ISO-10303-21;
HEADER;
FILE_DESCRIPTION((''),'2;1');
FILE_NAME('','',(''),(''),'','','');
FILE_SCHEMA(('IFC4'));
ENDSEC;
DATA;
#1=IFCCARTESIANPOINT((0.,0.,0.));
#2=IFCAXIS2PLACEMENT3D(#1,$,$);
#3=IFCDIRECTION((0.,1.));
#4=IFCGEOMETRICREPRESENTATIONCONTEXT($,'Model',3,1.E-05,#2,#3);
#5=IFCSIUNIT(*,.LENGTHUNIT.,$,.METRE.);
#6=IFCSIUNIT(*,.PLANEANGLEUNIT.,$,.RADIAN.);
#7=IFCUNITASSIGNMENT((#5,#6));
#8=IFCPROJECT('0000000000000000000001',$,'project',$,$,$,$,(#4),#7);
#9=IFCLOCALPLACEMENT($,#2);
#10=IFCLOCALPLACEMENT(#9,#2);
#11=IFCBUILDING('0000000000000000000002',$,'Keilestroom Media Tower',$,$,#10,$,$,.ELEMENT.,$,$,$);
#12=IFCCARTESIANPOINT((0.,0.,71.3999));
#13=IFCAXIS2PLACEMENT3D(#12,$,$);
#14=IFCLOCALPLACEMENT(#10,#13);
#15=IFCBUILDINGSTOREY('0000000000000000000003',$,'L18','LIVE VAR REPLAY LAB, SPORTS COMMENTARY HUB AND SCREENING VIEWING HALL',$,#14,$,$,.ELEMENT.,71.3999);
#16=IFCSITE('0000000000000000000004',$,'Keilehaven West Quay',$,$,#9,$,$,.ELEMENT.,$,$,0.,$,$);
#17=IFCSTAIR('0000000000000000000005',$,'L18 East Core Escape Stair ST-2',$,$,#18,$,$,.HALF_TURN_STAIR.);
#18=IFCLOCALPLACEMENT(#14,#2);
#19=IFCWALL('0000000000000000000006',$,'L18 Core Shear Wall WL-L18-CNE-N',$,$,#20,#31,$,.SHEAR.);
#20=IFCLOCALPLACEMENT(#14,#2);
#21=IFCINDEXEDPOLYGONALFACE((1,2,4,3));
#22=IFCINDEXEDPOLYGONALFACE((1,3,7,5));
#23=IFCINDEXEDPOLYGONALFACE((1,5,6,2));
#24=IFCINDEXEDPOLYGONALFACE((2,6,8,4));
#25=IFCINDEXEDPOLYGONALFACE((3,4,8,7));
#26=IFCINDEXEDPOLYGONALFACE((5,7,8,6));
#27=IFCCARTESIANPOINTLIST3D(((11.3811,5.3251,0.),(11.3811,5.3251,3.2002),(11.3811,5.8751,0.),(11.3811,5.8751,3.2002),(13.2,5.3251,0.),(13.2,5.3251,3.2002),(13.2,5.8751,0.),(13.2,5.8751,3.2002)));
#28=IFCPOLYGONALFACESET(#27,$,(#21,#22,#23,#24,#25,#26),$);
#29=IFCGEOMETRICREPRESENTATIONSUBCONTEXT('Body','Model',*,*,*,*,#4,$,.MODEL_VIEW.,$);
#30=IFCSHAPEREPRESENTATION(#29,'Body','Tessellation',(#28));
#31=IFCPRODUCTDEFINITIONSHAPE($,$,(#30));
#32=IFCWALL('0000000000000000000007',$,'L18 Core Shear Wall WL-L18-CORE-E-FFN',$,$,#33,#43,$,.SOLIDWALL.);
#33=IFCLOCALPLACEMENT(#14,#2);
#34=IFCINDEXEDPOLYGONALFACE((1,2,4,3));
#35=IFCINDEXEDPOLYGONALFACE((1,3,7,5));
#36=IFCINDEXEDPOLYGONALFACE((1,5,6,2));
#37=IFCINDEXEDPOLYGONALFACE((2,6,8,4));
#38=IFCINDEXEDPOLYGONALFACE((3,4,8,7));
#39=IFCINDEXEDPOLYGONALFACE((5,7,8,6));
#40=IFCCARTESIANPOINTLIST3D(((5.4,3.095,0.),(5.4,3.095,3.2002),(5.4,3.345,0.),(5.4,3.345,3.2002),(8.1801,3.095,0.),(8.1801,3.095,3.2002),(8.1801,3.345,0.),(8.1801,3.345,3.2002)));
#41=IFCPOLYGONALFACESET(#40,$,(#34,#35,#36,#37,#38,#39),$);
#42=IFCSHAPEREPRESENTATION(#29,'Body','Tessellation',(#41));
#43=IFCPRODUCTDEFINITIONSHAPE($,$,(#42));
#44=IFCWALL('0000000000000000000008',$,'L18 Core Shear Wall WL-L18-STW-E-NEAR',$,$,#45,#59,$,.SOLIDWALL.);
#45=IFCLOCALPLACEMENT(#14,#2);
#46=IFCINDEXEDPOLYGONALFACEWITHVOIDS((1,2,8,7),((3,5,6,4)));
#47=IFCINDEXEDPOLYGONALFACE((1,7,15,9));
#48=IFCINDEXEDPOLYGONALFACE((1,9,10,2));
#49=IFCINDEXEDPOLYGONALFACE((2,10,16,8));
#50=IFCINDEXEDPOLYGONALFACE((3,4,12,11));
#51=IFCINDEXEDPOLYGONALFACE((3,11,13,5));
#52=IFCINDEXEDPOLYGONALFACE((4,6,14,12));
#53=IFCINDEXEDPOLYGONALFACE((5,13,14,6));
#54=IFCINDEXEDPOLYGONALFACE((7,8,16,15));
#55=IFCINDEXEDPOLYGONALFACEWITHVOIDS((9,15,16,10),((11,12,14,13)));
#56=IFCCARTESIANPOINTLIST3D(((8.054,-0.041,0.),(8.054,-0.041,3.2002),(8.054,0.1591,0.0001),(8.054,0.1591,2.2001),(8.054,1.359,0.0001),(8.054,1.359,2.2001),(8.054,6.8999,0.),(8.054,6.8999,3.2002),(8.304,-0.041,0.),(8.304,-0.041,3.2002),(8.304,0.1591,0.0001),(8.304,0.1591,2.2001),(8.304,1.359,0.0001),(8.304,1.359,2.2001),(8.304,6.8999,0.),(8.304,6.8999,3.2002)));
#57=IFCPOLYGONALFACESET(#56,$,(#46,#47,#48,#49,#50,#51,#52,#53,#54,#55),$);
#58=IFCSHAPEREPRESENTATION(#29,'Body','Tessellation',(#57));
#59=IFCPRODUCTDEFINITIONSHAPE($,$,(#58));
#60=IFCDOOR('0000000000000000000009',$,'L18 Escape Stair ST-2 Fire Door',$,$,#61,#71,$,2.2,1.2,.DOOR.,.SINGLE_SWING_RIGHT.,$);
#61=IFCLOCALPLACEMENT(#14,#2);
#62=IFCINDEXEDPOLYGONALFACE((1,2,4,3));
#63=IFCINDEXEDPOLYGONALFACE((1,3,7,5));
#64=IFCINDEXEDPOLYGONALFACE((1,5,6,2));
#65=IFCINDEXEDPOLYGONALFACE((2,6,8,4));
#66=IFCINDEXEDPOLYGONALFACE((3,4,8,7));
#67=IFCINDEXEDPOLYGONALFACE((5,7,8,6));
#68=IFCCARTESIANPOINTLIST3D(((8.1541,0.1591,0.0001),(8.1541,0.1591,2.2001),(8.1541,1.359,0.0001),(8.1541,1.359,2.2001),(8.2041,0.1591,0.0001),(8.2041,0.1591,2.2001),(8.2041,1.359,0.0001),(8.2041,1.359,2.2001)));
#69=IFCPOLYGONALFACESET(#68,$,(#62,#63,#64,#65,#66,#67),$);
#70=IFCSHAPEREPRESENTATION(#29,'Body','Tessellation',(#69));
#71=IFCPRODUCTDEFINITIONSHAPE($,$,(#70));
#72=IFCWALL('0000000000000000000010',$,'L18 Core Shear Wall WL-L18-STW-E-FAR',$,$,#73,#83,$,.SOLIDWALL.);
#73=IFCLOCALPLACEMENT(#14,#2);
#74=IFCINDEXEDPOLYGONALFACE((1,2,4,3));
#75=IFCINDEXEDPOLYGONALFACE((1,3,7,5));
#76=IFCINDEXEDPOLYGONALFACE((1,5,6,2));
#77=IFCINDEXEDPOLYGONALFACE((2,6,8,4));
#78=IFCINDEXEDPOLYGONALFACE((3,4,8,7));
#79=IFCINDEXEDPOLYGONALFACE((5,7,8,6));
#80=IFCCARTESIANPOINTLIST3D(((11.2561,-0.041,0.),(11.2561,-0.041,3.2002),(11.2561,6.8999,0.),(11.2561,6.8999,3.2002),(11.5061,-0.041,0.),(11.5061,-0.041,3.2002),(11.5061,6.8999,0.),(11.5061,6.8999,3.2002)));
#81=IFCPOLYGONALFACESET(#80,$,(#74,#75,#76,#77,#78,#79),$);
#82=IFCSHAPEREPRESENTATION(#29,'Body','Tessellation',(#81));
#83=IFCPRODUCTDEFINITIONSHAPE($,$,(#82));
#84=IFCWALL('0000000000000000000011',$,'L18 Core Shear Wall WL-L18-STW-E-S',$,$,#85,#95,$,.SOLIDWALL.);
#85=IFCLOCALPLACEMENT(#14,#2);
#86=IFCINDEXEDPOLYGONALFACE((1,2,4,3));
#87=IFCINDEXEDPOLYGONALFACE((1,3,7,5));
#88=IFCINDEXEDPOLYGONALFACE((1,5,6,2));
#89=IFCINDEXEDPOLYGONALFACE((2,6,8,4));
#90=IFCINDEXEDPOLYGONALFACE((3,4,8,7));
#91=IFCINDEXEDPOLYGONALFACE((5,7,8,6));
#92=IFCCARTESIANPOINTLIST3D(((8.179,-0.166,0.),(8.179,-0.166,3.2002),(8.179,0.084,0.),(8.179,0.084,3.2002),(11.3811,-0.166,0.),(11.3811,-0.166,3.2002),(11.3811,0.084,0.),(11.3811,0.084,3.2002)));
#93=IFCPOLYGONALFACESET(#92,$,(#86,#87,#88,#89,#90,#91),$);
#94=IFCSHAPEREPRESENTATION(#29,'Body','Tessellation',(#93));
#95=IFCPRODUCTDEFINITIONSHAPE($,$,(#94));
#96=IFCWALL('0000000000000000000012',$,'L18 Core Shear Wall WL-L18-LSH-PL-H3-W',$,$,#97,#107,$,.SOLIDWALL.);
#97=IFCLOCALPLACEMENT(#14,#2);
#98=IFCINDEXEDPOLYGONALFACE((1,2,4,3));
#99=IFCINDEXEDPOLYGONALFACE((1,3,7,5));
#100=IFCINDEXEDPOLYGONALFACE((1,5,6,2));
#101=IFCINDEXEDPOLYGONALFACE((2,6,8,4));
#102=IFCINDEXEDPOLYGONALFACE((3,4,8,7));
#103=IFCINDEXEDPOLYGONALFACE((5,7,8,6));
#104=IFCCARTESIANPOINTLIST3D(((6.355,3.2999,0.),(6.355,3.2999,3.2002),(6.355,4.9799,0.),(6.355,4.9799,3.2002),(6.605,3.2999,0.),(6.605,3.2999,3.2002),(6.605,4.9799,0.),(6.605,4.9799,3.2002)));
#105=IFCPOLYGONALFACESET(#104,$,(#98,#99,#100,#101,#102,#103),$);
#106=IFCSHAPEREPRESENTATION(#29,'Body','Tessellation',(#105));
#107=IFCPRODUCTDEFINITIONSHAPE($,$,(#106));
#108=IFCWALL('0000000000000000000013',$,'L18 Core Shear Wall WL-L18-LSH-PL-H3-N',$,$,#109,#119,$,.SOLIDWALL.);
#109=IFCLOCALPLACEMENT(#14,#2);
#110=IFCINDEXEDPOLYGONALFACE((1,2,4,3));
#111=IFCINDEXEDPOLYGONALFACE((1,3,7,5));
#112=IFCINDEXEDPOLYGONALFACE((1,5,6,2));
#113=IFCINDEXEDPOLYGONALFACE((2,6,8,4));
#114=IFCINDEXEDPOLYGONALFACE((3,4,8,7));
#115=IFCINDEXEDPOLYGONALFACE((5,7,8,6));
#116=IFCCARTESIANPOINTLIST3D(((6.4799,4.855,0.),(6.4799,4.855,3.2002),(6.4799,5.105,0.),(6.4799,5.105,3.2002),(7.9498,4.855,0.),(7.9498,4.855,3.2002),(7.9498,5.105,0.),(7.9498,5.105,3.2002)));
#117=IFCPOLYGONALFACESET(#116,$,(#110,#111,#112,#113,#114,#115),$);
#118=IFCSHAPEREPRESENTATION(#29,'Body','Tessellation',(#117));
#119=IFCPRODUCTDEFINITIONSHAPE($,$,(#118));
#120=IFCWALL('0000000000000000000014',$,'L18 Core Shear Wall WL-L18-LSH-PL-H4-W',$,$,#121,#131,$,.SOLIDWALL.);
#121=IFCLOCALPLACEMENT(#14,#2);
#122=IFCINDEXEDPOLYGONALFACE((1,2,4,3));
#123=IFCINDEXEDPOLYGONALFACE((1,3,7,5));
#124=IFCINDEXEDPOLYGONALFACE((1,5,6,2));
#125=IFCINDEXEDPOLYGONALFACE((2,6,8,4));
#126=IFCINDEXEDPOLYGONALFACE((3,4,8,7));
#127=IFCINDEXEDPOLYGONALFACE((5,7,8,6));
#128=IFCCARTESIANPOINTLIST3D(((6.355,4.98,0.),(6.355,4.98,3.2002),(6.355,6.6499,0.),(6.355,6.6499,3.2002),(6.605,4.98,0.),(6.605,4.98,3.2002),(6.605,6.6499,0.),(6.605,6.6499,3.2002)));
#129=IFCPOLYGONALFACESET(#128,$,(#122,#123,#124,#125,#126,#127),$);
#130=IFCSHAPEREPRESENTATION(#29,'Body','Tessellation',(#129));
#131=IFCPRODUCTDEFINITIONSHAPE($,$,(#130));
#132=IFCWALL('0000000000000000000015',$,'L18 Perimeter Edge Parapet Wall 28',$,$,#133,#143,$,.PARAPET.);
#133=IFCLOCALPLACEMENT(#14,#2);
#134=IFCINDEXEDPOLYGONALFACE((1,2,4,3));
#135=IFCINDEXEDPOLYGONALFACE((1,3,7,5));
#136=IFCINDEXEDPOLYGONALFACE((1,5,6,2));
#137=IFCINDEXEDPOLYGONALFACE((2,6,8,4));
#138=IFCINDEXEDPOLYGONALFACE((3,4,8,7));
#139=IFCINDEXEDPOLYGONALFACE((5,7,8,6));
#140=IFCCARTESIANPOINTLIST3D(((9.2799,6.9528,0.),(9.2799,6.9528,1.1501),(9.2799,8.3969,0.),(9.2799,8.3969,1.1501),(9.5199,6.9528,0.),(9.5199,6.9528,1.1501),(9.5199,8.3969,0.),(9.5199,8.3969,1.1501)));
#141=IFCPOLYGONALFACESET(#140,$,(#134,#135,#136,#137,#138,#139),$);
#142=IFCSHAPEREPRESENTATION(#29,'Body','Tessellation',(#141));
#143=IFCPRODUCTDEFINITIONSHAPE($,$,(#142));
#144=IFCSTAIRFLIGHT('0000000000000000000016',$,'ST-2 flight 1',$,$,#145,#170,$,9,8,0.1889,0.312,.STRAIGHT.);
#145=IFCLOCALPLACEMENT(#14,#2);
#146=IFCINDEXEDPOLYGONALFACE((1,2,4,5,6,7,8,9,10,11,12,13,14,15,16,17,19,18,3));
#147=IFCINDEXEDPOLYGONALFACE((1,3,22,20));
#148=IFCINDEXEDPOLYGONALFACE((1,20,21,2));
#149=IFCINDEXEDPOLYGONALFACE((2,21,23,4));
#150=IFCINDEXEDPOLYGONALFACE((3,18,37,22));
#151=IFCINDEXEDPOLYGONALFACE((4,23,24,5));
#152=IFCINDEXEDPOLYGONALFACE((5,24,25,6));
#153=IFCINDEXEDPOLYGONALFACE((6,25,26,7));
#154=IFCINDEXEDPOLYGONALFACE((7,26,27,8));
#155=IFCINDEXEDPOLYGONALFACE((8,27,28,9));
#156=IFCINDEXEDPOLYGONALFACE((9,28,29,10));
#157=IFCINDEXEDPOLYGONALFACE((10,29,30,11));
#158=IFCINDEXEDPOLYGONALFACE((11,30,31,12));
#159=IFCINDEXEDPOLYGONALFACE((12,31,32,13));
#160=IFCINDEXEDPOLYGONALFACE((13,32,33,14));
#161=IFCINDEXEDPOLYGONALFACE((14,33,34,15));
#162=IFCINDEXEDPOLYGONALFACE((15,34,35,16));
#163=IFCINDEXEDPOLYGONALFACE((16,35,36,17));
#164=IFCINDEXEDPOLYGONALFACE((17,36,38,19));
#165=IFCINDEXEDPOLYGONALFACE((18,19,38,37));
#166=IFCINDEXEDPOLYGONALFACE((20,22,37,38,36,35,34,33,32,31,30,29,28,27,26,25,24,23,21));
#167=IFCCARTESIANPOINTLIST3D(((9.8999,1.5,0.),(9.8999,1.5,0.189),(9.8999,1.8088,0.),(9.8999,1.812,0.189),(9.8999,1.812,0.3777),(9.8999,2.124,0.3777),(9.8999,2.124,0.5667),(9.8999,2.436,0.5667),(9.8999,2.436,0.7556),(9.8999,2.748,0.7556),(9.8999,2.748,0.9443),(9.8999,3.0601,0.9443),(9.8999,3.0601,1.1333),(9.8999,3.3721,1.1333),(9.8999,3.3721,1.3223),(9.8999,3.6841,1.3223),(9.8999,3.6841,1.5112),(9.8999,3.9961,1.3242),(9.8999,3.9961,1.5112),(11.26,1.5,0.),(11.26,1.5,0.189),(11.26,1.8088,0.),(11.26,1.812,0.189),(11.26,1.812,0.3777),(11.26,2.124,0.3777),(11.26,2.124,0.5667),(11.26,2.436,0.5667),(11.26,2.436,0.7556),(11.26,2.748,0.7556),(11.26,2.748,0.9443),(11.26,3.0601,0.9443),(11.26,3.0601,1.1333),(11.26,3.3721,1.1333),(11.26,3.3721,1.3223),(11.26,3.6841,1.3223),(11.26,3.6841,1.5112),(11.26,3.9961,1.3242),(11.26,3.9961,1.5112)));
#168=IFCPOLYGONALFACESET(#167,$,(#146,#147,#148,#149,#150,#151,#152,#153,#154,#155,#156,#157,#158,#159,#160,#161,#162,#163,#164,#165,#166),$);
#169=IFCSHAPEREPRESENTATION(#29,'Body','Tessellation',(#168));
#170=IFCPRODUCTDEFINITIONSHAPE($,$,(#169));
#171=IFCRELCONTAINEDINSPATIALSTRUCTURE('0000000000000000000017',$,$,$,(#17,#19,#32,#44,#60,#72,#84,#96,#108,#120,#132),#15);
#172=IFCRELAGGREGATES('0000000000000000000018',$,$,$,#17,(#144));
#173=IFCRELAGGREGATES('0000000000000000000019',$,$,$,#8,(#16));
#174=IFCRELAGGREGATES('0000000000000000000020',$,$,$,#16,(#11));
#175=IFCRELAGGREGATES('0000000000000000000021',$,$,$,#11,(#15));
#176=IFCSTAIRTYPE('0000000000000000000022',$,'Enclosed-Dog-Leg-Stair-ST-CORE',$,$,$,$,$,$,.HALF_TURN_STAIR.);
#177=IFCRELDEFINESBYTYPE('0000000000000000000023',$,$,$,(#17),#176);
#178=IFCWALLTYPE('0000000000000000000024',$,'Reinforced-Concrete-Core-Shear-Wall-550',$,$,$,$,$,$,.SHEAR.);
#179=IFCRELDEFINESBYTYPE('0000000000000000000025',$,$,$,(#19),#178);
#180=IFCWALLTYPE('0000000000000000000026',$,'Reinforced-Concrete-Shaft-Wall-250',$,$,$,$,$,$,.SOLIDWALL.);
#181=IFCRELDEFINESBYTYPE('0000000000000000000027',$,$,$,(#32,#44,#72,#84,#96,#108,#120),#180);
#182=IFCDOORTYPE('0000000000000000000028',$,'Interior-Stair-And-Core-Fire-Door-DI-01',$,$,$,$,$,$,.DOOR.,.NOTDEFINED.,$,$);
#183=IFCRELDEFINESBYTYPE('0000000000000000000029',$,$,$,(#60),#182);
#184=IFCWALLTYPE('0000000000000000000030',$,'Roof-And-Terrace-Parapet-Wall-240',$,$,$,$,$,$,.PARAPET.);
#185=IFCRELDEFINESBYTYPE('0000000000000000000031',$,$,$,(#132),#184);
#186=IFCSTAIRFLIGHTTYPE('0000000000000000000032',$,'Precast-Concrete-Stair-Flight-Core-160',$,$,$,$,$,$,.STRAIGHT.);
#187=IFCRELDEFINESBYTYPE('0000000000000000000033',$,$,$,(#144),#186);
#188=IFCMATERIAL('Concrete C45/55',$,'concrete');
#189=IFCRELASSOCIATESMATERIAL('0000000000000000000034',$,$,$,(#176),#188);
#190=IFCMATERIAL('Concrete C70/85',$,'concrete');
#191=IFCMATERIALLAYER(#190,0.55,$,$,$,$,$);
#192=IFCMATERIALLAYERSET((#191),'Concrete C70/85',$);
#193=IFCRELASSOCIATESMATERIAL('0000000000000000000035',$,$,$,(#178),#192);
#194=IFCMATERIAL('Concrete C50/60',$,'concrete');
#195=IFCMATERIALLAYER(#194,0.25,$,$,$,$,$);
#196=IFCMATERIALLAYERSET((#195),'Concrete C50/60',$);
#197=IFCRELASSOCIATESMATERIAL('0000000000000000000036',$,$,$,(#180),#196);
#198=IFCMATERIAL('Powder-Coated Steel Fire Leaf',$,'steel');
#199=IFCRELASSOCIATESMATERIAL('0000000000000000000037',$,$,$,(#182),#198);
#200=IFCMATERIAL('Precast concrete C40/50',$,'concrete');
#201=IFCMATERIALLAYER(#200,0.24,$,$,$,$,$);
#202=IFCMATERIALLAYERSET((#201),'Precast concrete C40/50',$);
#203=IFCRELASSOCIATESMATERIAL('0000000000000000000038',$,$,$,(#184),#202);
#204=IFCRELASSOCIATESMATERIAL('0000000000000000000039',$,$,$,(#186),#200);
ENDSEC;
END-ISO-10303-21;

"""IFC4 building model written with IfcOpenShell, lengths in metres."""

from ifc_helpers import new_model, si_unit, direction, frame, frame_2d, origin, place, context, subcontext, project, spatial, polyline, rectangle, outline, extrude, source, transform, mapped, material, layer, layer_set, type_object, element, fill, aggregate, save


model = new_model("IFC4")

# Units and contexts
model_context = context("Model", 3, precision=1e-05, world=origin(), true_north=direction((0.0, 1.0)))
body_context = subcontext(model_context, "Body", "Model", "MODEL_VIEW")
ifc_project = project(units=[si_unit("LENGTHUNIT", "METRE"), si_unit("PLANEANGLEUNIT", "RADIAN")], contexts=[model_context])

# Site, building, storey
site_placement = place(None, origin())
site = spatial("IfcSite", under=ifc_project, at=site_placement, Name="Keilehaven West Quay", CompositionType="ELEMENT", RefElevation=0.0)
building_placement = place(site_placement, origin())
building = spatial("IfcBuilding", under=site, at=building_placement, Name="Keilestroom Media Tower", CompositionType="ELEMENT")
storey_placement = place(building_placement, frame((0.0, 0.0, 71.3999)))
storey = spatial("IfcBuildingStorey", under=building, at=storey_placement, Name="L18", Description="LIVE VAR REPLAY LAB, SPORTS COMMENTARY HUB AND SCREENING VIEWING HALL", CompositionType="ELEMENT", Elevation=71.3999)

# Shared definitions
ifc_material_1 = material(Name="Concrete C70/85", Category="concrete")

# Stair
ifc_material_2 = material(Name="Concrete C45/55", Category="concrete")
stair_type = type_object("IfcStairType", Name="Enclosed-Dog-Leg-Stair-ST-CORE", PredefinedType="HALF_TURN_STAIR", material=ifc_material_2)
stair_1_placement = place(storey_placement, origin())
stair_1 = element("IfcStair", 1, at=stair_1_placement, inside=storey, type_object=stair_type, Name="L18 East Core Escape Stair ST-2", PredefinedType="HALF_TURN_STAIR")

# Walls
ifc_layer_1 = layer(ifc_material_1, 0.55)
ifc_layer_set_1 = layer_set([ifc_layer_1], Name="Concrete C70/85")
wall_type_1 = type_object("IfcWallType", Name="Reinforced-Concrete-Core-Shear-Wall-550", PredefinedType="SHEAR", material=ifc_layer_set_1)
wall_1_placement = place(storey_placement, frame((11.3811, 5.6001, 0.0), z_axis=(0.0, 0.0, 1.0), x_axis=(1.0, 0.0, 0.0)))
element("IfcWall", 2, at=wall_1_placement, inside=storey, type_object=wall_type_1, Name="L18 Core Shear Wall WL-L18-CNE-N", PredefinedType="SHEAR", context=body_context, shape_type="SweptSolid", body=[
    extrude(rectangle(XDim=1.8188, YDim=0.55, at=frame_2d((0.9094, 0.0))), origin(), (0.0, 0.0, 1.0), 3.2002),
])
ifc_material_3 = material(Name="Concrete C50/60", Category="concrete")
ifc_layer_2 = layer(ifc_material_3, 0.25)
ifc_layer_set_2 = layer_set([ifc_layer_2], Name="Concrete C50/60")
wall_type_2 = type_object("IfcWallType", Name="Reinforced-Concrete-Shaft-Wall-250", PredefinedType="SOLIDWALL", material=ifc_layer_set_2)
wall_2_placement = place(storey_placement, frame((5.3999, 3.22, 0.0), z_axis=(0.0, 0.0, 1.0), x_axis=(1.0, 0.0, 0.0)))
element("IfcWall", 3, at=wall_2_placement, inside=storey, type_object=wall_type_2, Name="L18 Core Shear Wall WL-L18-CORE-E-FFN", PredefinedType="SOLIDWALL", context=body_context, shape_type="SweptSolid", body=[
    extrude(rectangle(XDim=2.78, YDim=0.25, at=frame_2d((1.3901, 0.0))), origin(), (0.0, 0.0, 1.0), 3.2002),
])

# Wall, opening, door
wall_3_placement = place(storey_placement, frame((8.179, -0.041, 0.0), z_axis=(0.0, 0.0, 1.0), x_axis=(0.0, 1.0, 0.0)))
wall_3 = element("IfcWall", 4, at=wall_3_placement, inside=storey, type_object=wall_type_2, Name="L18 Core Shear Wall WL-L18-STW-E-NEAR", PredefinedType="SOLIDWALL", context=body_context, shape_type="SweptSolid", body=[
    extrude(rectangle(XDim=6.9409, YDim=0.25, at=frame_2d((3.4705, 0.0))), origin(), (0.0, 0.0, 1.0), 3.2002),
])
opening_placement = place(wall_3_placement, frame((0.2, 0.0, 0.0)))
opening = element("IfcOpeningElement", 5, at=opening_placement, cuts=wall_3, PredefinedType="OPENING", context=body_context, shape_type="SweptSolid", body=[
    extrude(rectangle(XDim=1.2, YDim=2.2, at=frame_2d((0.6001, 1.1001))), frame((0.0, 0.135, 0.0), z_axis=(0.0, -1.0, 0.0), x_axis=(1.0, 0.0, 0.0)), (0.0, 0.0, 1.0), 0.27),
])
ifc_material_4 = material(Name="Powder-Coated Steel Fire Leaf", Category="steel")
door_type = type_object("IfcDoorType", Name="Interior-Stair-And-Core-Fire-Door-DI-01", OperationType="NOTDEFINED", PredefinedType="DOOR", material=ifc_material_4)
shared_shape_1 = source(origin(), body_context, "Body", "SweptSolid", [
    extrude(rectangle(XDim=1.2, YDim=2.2, at=frame_2d((0.6001, 1.1001))), frame((0.0, 0.0249, 0.0), z_axis=(0.0, -1.0, 0.0), x_axis=(1.0, 0.0, 0.0)), (0.0, 0.0, 1.0), 0.05),
])
door_placement = place(opening_placement, origin())
door = element("IfcDoor", 6, at=door_placement, inside=storey, type_object=door_type, Name="L18 Escape Stair ST-2 Fire Door", OperationType="SINGLE_SWING_RIGHT", OverallHeight=2.2, OverallWidth=1.2, PredefinedType="DOOR", context=body_context, shape_type="MappedRepresentation", body=[
    mapped(shared_shape_1, transform((0.0, 0.0, 0.0), x_axis=(1.0, 0.0, 0.0), y_axis=(0.0, 1.0, 0.0), z_axis=(0.0, 0.0, 1.0), scale=1.0)),
])
fill(opening, door)

# Walls
wall_4_placement = place(storey_placement, frame((11.3811, -0.041, 0.0), z_axis=(0.0, 0.0, 1.0), x_axis=(0.0, 1.0, 0.0)))
element("IfcWall", 7, at=wall_4_placement, inside=storey, type_object=wall_type_2, Name="L18 Core Shear Wall WL-L18-STW-E-FAR", PredefinedType="SOLIDWALL", context=body_context, shape_type="SweptSolid", body=[
    extrude(rectangle(XDim=6.9409, YDim=0.25, at=frame_2d((3.4705, 0.0))), origin(), (0.0, 0.0, 1.0), 3.2002),
])
wall_5_placement = place(storey_placement, frame((8.179, -0.041, 0.0), z_axis=(0.0, 0.0, 1.0), x_axis=(1.0, 0.0, 0.0)))
element("IfcWall", 8, at=wall_5_placement, inside=storey, type_object=wall_type_2, Name="L18 Core Shear Wall WL-L18-STW-E-S", PredefinedType="SOLIDWALL", context=body_context, shape_type="SweptSolid", body=[
    extrude(rectangle(XDim=3.2021, YDim=0.25, at=frame_2d((1.6011, 0.0))), origin(), (0.0, 0.0, 1.0), 3.2002),
])
wall_6_placement = place(storey_placement, frame((6.48, 3.3, 0.0), z_axis=(0.0, 0.0, 1.0), x_axis=(0.0, 1.0, 0.0)))
element("IfcWall", 9, at=wall_6_placement, inside=storey, type_object=wall_type_2, Name="L18 Core Shear Wall WL-L18-LSH-PL-H3-W", PredefinedType="SOLIDWALL", context=body_context, shape_type="SweptSolid", body=[
    extrude(rectangle(XDim=1.6799, YDim=0.25, at=frame_2d((0.8398, 0.0))), origin(), (0.0, 0.0, 1.0), 3.2002),
])
wall_7_placement = place(storey_placement, frame((6.48, 4.98, 0.0), z_axis=(0.0, 0.0, 1.0), x_axis=(1.0, 0.0, 0.0)))
element("IfcWall", 10, at=wall_7_placement, inside=storey, type_object=wall_type_2, Name="L18 Core Shear Wall WL-L18-LSH-PL-H3-N", PredefinedType="SOLIDWALL", context=body_context, shape_type="SweptSolid", body=[
    extrude(rectangle(XDim=1.47, YDim=0.25, at=frame_2d((0.7349, 0.0))), origin(), (0.0, 0.0, 1.0), 3.2002),
])
wall_8_placement = place(storey_placement, frame((6.48, 4.98, 0.0), z_axis=(0.0, 0.0, 1.0), x_axis=(0.0, 1.0, 0.0)))
element("IfcWall", 11, at=wall_8_placement, inside=storey, type_object=wall_type_2, Name="L18 Core Shear Wall WL-L18-LSH-PL-H4-W", PredefinedType="SOLIDWALL", context=body_context, shape_type="SweptSolid", body=[
    extrude(rectangle(XDim=1.6699, YDim=0.25, at=frame_2d((0.835, 0.0))), origin(), (0.0, 0.0, 1.0), 3.2002),
])
ifc_material_5 = material(Name="Precast concrete C40/50", Category="concrete")
ifc_layer_3 = layer(ifc_material_5, 0.24)
ifc_layer_set_3 = layer_set([ifc_layer_3], Name="Precast concrete C40/50")
wall_type_3 = type_object("IfcWallType", Name="Roof-And-Terrace-Parapet-Wall-240", PredefinedType="PARAPET", material=ifc_layer_set_3)
wall_9_placement = place(storey_placement, frame((9.3999, 8.397, 0.0), z_axis=(0.0, 0.0, 1.0), x_axis=(0.0, -1.0, 0.0)))
element("IfcWall", 12, at=wall_9_placement, inside=storey, type_object=wall_type_3, Name="L18 Perimeter Edge Parapet Wall 28", PredefinedType="PARAPET", context=body_context, shape_type="SweptSolid", body=[
    extrude(rectangle(XDim=1.4441, YDim=0.24, at=frame_2d((0.7222, 0.0))), origin(), (0.0, 0.0, 1.0), 1.1501),
])

# Stair flight
stair_flight_type = type_object("IfcStairFlightType", Name="Precast-Concrete-Stair-Flight-Core-160", PredefinedType="STRAIGHT", material=ifc_material_5)
stair_flight_1_placement = place(storey_placement, frame((10.5801, 1.5, 0.0), z_axis=(0.0, 0.0, 1.0), x_axis=(0.0, 1.0, 0.0)))
stair_flight_1 = element("IfcStairFlight", 13, at=stair_flight_1_placement, type_object=stair_flight_type, Name="ST-2 flight 1", NumberOfRisers=9, NumberOfTreads=8, PredefinedType="STRAIGHT", RiserHeight=0.1889, TreadLength=0.312, context=body_context, shape_type="SweptSolid", body=[
    extrude(outline(polyline([(0.0, 0.0), (0.0, 0.189), (0.312, 0.189), (0.312, 0.3777), (0.624, 0.3777), (0.624, 0.5667), (0.936, 0.5667), (0.936, 0.7556), (1.248, 0.7556), (1.248, 0.9443), (1.5601, 0.9443), (1.5601, 1.1333), (1.8721, 1.1333), (1.8721, 1.3223), (2.1841, 1.3223), (2.1841, 1.5112), (2.4961, 1.5112), (2.4961, 1.7), (2.4961, 1.3242), (0.3088, 0.0), (0.0, 0.0)])), frame((0.0, 0.6802, 0.0), z_axis=(0.0, -1.0, 0.0), x_axis=(1.0, 0.0, 0.0)), (0.0, 0.0, 1.0), 1.3601),
])
aggregate(stair_1, [stair_flight_1])

save(model, "model.ifc")
